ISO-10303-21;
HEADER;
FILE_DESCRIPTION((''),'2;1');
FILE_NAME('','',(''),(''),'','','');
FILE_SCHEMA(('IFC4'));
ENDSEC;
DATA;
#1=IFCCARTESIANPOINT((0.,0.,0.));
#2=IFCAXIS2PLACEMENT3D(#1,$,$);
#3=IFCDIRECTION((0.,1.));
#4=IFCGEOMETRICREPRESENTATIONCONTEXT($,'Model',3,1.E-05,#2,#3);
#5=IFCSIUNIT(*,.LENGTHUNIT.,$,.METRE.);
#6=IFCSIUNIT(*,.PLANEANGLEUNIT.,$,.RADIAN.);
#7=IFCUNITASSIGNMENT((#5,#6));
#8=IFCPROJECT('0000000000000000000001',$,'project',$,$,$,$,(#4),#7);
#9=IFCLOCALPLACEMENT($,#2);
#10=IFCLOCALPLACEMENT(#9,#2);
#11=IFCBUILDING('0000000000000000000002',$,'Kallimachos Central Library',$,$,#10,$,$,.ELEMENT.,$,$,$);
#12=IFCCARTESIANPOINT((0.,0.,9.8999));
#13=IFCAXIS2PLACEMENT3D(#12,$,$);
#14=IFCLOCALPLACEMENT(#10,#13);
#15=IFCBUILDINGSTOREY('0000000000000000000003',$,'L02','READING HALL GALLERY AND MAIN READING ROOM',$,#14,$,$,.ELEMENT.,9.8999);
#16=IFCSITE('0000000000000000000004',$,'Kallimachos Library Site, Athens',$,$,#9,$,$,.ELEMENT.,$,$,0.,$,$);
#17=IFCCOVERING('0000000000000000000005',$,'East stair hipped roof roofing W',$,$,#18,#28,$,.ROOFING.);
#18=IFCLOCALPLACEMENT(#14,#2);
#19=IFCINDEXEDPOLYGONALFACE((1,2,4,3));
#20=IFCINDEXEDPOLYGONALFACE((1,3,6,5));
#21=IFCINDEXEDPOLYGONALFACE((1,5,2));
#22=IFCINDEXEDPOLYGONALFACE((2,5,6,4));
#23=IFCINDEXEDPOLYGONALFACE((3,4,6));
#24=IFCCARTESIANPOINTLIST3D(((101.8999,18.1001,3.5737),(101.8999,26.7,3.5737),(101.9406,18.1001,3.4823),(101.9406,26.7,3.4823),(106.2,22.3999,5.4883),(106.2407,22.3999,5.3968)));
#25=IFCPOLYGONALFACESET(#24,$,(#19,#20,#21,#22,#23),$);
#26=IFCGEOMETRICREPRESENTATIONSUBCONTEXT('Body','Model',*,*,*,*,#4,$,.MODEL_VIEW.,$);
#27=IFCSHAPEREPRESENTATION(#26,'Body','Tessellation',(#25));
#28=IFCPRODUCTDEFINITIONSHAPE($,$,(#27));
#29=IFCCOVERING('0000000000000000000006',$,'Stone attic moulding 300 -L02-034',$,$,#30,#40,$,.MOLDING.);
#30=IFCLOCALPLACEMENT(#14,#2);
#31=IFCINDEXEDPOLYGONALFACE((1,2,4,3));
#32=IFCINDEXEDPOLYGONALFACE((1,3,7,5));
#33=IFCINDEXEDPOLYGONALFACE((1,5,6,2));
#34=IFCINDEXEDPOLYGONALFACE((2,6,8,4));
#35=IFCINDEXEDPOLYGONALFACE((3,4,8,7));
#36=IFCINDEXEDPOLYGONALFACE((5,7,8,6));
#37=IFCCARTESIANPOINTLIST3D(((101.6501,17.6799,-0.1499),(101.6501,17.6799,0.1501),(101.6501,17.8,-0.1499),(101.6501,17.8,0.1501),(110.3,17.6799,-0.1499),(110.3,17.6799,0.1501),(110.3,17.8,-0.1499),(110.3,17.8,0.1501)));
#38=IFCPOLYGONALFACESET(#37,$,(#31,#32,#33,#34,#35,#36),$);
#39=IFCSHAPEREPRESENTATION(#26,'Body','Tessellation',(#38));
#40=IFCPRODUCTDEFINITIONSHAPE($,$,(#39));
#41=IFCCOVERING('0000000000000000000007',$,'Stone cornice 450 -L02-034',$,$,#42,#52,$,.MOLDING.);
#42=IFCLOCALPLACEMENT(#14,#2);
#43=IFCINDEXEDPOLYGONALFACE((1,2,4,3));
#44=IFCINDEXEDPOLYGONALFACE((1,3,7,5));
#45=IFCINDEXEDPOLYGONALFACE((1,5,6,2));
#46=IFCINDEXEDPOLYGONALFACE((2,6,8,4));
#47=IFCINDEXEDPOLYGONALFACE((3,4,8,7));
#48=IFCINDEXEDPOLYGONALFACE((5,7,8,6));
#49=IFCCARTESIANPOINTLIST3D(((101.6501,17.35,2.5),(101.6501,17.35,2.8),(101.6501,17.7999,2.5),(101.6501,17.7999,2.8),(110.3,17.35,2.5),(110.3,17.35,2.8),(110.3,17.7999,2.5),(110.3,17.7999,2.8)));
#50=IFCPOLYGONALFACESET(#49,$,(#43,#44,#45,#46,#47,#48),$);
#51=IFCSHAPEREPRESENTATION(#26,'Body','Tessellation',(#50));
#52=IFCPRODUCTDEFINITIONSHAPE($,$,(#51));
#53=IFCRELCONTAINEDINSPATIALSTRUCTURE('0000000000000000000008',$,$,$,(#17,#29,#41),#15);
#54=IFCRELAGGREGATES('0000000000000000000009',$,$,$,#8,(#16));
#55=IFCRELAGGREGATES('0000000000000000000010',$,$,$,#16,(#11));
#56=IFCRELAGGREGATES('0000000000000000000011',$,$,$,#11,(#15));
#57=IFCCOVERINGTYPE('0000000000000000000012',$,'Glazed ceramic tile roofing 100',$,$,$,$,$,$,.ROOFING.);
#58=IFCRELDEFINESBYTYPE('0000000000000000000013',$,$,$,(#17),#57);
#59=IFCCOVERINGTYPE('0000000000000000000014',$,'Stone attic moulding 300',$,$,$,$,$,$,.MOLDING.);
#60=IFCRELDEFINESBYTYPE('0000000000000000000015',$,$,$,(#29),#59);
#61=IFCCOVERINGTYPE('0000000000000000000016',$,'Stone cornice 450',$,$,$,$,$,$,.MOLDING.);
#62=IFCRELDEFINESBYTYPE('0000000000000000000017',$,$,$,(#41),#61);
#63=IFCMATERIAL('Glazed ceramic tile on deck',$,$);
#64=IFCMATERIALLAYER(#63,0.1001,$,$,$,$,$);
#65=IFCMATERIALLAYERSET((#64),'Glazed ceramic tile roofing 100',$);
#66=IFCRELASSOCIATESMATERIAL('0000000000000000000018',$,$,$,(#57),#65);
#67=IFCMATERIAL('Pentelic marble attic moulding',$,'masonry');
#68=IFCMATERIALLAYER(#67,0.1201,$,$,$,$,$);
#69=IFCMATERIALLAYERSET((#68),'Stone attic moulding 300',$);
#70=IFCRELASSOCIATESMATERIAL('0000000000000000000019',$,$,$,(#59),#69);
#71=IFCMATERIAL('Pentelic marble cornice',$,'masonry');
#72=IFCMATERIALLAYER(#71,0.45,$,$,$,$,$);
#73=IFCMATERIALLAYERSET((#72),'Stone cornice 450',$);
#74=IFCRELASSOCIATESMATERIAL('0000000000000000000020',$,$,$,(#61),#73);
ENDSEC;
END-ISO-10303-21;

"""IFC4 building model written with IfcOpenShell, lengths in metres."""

from ifc_helpers import new_model, si_unit, direction, frame, origin, origin_2d, place, context, subcontext, project, spatial, polyline, rectangle, outline, extrude, material, layer, layer_set, type_object, element, save


model = new_model("IFC4")

# Units and contexts
model_context = context("Model", 3, precision=1e-05, world=origin(), true_north=direction((0.0, 1.0)))
body_context = subcontext(model_context, "Body", "Model", "MODEL_VIEW")
ifc_project = project(units=[si_unit("LENGTHUNIT", "METRE"), si_unit("PLANEANGLEUNIT", "RADIAN")], contexts=[model_context])

# Site, building, storey
site_placement = place(None, origin())
site = spatial("IfcSite", under=ifc_project, at=site_placement, Name="Kallimachos Library Site, Athens", CompositionType="ELEMENT", RefElevation=0.0)
building_placement = place(site_placement, origin())
building = spatial("IfcBuilding", under=site, at=building_placement, Name="Kallimachos Central Library", CompositionType="ELEMENT")
storey_placement = place(building_placement, frame((0.0, 0.0, 9.8999)))
storey = spatial("IfcBuildingStorey", under=building, at=storey_placement, Name="L02", Description="READING HALL GALLERY AND MAIN READING ROOM", CompositionType="ELEMENT", Elevation=9.8999)

# Coverings
ifc_material_1 = material(Name="Glazed ceramic tile on deck")
ifc_layer_1 = layer(ifc_material_1, 0.1001)
ifc_layer_set_1 = layer_set([ifc_layer_1], Name="Glazed ceramic tile roofing 100")
covering_type_1 = type_object("IfcCoveringType", Name="Glazed ceramic tile roofing 100", PredefinedType="ROOFING", material=ifc_layer_set_1)
covering_1_placement = place(storey_placement, frame((101.8999, 18.1001, 3.5737), z_axis=(-0.406745, 0.0, 0.913542), x_axis=(0.674487, 0.674449, 0.300308)))
element("IfcCovering", 1, at=covering_1_placement, inside=storey, type_object=covering_type_1, Name="East stair hipped roof roofing W", PredefinedType="ROOFING", context=body_context, shape_type="SweptSolid", body=[
    extrude(outline(polyline([(0.0, 0.0), (6.3753, 0.0), (5.8002, 6.3495), (0.0, 0.0)])), origin(), (0.0, 0.0, -1.0), 0.1001),
])
ifc_material_2 = material(Name="Pentelic marble attic moulding", Category="masonry")
ifc_layer_2 = layer(ifc_material_2, 0.1201)
ifc_layer_set_2 = layer_set([ifc_layer_2], Name="Stone attic moulding 300")
covering_type_2 = type_object("IfcCoveringType", Name="Stone attic moulding 300", PredefinedType="MOLDING", material=ifc_layer_set_2)
covering_2_placement = place(storey_placement, frame((105.9751, 17.74, -0.1499), z_axis=(0.0, 0.0, 1.0), x_axis=(1.0, 0.0, 0.0)))
element("IfcCovering", 2, at=covering_2_placement, inside=storey, type_object=covering_type_2, Name="Stone attic moulding 300 -L02-034", PredefinedType="MOLDING", context=body_context, shape_type="SweptSolid", body=[
    extrude(rectangle(XDim=8.6499, YDim=0.1201, at=origin_2d()), origin(), (0.0, 0.0, 1.0), 0.3),
])
ifc_material_3 = material(Name="Pentelic marble cornice", Category="masonry")
ifc_layer_3 = layer(ifc_material_3, 0.45)
ifc_layer_set_3 = layer_set([ifc_layer_3], Name="Stone cornice 450")
covering_type_3 = type_object("IfcCoveringType", Name="Stone cornice 450", PredefinedType="MOLDING", material=ifc_layer_set_3)
covering_3_placement = place(storey_placement, frame((105.9751, 17.575, 2.5), z_axis=(0.0, 0.0, 1.0), x_axis=(1.0, 0.0, 0.0)))
element("IfcCovering", 3, at=covering_3_placement, inside=storey, type_object=covering_type_3, Name="Stone cornice 450 -L02-034", PredefinedType="MOLDING", context=body_context, shape_type="SweptSolid", body=[
    extrude(rectangle(XDim=8.6499, YDim=0.45, at=origin_2d()), origin(), (0.0, 0.0, 1.0), 0.3),
])

save(model, "model.ifc")
